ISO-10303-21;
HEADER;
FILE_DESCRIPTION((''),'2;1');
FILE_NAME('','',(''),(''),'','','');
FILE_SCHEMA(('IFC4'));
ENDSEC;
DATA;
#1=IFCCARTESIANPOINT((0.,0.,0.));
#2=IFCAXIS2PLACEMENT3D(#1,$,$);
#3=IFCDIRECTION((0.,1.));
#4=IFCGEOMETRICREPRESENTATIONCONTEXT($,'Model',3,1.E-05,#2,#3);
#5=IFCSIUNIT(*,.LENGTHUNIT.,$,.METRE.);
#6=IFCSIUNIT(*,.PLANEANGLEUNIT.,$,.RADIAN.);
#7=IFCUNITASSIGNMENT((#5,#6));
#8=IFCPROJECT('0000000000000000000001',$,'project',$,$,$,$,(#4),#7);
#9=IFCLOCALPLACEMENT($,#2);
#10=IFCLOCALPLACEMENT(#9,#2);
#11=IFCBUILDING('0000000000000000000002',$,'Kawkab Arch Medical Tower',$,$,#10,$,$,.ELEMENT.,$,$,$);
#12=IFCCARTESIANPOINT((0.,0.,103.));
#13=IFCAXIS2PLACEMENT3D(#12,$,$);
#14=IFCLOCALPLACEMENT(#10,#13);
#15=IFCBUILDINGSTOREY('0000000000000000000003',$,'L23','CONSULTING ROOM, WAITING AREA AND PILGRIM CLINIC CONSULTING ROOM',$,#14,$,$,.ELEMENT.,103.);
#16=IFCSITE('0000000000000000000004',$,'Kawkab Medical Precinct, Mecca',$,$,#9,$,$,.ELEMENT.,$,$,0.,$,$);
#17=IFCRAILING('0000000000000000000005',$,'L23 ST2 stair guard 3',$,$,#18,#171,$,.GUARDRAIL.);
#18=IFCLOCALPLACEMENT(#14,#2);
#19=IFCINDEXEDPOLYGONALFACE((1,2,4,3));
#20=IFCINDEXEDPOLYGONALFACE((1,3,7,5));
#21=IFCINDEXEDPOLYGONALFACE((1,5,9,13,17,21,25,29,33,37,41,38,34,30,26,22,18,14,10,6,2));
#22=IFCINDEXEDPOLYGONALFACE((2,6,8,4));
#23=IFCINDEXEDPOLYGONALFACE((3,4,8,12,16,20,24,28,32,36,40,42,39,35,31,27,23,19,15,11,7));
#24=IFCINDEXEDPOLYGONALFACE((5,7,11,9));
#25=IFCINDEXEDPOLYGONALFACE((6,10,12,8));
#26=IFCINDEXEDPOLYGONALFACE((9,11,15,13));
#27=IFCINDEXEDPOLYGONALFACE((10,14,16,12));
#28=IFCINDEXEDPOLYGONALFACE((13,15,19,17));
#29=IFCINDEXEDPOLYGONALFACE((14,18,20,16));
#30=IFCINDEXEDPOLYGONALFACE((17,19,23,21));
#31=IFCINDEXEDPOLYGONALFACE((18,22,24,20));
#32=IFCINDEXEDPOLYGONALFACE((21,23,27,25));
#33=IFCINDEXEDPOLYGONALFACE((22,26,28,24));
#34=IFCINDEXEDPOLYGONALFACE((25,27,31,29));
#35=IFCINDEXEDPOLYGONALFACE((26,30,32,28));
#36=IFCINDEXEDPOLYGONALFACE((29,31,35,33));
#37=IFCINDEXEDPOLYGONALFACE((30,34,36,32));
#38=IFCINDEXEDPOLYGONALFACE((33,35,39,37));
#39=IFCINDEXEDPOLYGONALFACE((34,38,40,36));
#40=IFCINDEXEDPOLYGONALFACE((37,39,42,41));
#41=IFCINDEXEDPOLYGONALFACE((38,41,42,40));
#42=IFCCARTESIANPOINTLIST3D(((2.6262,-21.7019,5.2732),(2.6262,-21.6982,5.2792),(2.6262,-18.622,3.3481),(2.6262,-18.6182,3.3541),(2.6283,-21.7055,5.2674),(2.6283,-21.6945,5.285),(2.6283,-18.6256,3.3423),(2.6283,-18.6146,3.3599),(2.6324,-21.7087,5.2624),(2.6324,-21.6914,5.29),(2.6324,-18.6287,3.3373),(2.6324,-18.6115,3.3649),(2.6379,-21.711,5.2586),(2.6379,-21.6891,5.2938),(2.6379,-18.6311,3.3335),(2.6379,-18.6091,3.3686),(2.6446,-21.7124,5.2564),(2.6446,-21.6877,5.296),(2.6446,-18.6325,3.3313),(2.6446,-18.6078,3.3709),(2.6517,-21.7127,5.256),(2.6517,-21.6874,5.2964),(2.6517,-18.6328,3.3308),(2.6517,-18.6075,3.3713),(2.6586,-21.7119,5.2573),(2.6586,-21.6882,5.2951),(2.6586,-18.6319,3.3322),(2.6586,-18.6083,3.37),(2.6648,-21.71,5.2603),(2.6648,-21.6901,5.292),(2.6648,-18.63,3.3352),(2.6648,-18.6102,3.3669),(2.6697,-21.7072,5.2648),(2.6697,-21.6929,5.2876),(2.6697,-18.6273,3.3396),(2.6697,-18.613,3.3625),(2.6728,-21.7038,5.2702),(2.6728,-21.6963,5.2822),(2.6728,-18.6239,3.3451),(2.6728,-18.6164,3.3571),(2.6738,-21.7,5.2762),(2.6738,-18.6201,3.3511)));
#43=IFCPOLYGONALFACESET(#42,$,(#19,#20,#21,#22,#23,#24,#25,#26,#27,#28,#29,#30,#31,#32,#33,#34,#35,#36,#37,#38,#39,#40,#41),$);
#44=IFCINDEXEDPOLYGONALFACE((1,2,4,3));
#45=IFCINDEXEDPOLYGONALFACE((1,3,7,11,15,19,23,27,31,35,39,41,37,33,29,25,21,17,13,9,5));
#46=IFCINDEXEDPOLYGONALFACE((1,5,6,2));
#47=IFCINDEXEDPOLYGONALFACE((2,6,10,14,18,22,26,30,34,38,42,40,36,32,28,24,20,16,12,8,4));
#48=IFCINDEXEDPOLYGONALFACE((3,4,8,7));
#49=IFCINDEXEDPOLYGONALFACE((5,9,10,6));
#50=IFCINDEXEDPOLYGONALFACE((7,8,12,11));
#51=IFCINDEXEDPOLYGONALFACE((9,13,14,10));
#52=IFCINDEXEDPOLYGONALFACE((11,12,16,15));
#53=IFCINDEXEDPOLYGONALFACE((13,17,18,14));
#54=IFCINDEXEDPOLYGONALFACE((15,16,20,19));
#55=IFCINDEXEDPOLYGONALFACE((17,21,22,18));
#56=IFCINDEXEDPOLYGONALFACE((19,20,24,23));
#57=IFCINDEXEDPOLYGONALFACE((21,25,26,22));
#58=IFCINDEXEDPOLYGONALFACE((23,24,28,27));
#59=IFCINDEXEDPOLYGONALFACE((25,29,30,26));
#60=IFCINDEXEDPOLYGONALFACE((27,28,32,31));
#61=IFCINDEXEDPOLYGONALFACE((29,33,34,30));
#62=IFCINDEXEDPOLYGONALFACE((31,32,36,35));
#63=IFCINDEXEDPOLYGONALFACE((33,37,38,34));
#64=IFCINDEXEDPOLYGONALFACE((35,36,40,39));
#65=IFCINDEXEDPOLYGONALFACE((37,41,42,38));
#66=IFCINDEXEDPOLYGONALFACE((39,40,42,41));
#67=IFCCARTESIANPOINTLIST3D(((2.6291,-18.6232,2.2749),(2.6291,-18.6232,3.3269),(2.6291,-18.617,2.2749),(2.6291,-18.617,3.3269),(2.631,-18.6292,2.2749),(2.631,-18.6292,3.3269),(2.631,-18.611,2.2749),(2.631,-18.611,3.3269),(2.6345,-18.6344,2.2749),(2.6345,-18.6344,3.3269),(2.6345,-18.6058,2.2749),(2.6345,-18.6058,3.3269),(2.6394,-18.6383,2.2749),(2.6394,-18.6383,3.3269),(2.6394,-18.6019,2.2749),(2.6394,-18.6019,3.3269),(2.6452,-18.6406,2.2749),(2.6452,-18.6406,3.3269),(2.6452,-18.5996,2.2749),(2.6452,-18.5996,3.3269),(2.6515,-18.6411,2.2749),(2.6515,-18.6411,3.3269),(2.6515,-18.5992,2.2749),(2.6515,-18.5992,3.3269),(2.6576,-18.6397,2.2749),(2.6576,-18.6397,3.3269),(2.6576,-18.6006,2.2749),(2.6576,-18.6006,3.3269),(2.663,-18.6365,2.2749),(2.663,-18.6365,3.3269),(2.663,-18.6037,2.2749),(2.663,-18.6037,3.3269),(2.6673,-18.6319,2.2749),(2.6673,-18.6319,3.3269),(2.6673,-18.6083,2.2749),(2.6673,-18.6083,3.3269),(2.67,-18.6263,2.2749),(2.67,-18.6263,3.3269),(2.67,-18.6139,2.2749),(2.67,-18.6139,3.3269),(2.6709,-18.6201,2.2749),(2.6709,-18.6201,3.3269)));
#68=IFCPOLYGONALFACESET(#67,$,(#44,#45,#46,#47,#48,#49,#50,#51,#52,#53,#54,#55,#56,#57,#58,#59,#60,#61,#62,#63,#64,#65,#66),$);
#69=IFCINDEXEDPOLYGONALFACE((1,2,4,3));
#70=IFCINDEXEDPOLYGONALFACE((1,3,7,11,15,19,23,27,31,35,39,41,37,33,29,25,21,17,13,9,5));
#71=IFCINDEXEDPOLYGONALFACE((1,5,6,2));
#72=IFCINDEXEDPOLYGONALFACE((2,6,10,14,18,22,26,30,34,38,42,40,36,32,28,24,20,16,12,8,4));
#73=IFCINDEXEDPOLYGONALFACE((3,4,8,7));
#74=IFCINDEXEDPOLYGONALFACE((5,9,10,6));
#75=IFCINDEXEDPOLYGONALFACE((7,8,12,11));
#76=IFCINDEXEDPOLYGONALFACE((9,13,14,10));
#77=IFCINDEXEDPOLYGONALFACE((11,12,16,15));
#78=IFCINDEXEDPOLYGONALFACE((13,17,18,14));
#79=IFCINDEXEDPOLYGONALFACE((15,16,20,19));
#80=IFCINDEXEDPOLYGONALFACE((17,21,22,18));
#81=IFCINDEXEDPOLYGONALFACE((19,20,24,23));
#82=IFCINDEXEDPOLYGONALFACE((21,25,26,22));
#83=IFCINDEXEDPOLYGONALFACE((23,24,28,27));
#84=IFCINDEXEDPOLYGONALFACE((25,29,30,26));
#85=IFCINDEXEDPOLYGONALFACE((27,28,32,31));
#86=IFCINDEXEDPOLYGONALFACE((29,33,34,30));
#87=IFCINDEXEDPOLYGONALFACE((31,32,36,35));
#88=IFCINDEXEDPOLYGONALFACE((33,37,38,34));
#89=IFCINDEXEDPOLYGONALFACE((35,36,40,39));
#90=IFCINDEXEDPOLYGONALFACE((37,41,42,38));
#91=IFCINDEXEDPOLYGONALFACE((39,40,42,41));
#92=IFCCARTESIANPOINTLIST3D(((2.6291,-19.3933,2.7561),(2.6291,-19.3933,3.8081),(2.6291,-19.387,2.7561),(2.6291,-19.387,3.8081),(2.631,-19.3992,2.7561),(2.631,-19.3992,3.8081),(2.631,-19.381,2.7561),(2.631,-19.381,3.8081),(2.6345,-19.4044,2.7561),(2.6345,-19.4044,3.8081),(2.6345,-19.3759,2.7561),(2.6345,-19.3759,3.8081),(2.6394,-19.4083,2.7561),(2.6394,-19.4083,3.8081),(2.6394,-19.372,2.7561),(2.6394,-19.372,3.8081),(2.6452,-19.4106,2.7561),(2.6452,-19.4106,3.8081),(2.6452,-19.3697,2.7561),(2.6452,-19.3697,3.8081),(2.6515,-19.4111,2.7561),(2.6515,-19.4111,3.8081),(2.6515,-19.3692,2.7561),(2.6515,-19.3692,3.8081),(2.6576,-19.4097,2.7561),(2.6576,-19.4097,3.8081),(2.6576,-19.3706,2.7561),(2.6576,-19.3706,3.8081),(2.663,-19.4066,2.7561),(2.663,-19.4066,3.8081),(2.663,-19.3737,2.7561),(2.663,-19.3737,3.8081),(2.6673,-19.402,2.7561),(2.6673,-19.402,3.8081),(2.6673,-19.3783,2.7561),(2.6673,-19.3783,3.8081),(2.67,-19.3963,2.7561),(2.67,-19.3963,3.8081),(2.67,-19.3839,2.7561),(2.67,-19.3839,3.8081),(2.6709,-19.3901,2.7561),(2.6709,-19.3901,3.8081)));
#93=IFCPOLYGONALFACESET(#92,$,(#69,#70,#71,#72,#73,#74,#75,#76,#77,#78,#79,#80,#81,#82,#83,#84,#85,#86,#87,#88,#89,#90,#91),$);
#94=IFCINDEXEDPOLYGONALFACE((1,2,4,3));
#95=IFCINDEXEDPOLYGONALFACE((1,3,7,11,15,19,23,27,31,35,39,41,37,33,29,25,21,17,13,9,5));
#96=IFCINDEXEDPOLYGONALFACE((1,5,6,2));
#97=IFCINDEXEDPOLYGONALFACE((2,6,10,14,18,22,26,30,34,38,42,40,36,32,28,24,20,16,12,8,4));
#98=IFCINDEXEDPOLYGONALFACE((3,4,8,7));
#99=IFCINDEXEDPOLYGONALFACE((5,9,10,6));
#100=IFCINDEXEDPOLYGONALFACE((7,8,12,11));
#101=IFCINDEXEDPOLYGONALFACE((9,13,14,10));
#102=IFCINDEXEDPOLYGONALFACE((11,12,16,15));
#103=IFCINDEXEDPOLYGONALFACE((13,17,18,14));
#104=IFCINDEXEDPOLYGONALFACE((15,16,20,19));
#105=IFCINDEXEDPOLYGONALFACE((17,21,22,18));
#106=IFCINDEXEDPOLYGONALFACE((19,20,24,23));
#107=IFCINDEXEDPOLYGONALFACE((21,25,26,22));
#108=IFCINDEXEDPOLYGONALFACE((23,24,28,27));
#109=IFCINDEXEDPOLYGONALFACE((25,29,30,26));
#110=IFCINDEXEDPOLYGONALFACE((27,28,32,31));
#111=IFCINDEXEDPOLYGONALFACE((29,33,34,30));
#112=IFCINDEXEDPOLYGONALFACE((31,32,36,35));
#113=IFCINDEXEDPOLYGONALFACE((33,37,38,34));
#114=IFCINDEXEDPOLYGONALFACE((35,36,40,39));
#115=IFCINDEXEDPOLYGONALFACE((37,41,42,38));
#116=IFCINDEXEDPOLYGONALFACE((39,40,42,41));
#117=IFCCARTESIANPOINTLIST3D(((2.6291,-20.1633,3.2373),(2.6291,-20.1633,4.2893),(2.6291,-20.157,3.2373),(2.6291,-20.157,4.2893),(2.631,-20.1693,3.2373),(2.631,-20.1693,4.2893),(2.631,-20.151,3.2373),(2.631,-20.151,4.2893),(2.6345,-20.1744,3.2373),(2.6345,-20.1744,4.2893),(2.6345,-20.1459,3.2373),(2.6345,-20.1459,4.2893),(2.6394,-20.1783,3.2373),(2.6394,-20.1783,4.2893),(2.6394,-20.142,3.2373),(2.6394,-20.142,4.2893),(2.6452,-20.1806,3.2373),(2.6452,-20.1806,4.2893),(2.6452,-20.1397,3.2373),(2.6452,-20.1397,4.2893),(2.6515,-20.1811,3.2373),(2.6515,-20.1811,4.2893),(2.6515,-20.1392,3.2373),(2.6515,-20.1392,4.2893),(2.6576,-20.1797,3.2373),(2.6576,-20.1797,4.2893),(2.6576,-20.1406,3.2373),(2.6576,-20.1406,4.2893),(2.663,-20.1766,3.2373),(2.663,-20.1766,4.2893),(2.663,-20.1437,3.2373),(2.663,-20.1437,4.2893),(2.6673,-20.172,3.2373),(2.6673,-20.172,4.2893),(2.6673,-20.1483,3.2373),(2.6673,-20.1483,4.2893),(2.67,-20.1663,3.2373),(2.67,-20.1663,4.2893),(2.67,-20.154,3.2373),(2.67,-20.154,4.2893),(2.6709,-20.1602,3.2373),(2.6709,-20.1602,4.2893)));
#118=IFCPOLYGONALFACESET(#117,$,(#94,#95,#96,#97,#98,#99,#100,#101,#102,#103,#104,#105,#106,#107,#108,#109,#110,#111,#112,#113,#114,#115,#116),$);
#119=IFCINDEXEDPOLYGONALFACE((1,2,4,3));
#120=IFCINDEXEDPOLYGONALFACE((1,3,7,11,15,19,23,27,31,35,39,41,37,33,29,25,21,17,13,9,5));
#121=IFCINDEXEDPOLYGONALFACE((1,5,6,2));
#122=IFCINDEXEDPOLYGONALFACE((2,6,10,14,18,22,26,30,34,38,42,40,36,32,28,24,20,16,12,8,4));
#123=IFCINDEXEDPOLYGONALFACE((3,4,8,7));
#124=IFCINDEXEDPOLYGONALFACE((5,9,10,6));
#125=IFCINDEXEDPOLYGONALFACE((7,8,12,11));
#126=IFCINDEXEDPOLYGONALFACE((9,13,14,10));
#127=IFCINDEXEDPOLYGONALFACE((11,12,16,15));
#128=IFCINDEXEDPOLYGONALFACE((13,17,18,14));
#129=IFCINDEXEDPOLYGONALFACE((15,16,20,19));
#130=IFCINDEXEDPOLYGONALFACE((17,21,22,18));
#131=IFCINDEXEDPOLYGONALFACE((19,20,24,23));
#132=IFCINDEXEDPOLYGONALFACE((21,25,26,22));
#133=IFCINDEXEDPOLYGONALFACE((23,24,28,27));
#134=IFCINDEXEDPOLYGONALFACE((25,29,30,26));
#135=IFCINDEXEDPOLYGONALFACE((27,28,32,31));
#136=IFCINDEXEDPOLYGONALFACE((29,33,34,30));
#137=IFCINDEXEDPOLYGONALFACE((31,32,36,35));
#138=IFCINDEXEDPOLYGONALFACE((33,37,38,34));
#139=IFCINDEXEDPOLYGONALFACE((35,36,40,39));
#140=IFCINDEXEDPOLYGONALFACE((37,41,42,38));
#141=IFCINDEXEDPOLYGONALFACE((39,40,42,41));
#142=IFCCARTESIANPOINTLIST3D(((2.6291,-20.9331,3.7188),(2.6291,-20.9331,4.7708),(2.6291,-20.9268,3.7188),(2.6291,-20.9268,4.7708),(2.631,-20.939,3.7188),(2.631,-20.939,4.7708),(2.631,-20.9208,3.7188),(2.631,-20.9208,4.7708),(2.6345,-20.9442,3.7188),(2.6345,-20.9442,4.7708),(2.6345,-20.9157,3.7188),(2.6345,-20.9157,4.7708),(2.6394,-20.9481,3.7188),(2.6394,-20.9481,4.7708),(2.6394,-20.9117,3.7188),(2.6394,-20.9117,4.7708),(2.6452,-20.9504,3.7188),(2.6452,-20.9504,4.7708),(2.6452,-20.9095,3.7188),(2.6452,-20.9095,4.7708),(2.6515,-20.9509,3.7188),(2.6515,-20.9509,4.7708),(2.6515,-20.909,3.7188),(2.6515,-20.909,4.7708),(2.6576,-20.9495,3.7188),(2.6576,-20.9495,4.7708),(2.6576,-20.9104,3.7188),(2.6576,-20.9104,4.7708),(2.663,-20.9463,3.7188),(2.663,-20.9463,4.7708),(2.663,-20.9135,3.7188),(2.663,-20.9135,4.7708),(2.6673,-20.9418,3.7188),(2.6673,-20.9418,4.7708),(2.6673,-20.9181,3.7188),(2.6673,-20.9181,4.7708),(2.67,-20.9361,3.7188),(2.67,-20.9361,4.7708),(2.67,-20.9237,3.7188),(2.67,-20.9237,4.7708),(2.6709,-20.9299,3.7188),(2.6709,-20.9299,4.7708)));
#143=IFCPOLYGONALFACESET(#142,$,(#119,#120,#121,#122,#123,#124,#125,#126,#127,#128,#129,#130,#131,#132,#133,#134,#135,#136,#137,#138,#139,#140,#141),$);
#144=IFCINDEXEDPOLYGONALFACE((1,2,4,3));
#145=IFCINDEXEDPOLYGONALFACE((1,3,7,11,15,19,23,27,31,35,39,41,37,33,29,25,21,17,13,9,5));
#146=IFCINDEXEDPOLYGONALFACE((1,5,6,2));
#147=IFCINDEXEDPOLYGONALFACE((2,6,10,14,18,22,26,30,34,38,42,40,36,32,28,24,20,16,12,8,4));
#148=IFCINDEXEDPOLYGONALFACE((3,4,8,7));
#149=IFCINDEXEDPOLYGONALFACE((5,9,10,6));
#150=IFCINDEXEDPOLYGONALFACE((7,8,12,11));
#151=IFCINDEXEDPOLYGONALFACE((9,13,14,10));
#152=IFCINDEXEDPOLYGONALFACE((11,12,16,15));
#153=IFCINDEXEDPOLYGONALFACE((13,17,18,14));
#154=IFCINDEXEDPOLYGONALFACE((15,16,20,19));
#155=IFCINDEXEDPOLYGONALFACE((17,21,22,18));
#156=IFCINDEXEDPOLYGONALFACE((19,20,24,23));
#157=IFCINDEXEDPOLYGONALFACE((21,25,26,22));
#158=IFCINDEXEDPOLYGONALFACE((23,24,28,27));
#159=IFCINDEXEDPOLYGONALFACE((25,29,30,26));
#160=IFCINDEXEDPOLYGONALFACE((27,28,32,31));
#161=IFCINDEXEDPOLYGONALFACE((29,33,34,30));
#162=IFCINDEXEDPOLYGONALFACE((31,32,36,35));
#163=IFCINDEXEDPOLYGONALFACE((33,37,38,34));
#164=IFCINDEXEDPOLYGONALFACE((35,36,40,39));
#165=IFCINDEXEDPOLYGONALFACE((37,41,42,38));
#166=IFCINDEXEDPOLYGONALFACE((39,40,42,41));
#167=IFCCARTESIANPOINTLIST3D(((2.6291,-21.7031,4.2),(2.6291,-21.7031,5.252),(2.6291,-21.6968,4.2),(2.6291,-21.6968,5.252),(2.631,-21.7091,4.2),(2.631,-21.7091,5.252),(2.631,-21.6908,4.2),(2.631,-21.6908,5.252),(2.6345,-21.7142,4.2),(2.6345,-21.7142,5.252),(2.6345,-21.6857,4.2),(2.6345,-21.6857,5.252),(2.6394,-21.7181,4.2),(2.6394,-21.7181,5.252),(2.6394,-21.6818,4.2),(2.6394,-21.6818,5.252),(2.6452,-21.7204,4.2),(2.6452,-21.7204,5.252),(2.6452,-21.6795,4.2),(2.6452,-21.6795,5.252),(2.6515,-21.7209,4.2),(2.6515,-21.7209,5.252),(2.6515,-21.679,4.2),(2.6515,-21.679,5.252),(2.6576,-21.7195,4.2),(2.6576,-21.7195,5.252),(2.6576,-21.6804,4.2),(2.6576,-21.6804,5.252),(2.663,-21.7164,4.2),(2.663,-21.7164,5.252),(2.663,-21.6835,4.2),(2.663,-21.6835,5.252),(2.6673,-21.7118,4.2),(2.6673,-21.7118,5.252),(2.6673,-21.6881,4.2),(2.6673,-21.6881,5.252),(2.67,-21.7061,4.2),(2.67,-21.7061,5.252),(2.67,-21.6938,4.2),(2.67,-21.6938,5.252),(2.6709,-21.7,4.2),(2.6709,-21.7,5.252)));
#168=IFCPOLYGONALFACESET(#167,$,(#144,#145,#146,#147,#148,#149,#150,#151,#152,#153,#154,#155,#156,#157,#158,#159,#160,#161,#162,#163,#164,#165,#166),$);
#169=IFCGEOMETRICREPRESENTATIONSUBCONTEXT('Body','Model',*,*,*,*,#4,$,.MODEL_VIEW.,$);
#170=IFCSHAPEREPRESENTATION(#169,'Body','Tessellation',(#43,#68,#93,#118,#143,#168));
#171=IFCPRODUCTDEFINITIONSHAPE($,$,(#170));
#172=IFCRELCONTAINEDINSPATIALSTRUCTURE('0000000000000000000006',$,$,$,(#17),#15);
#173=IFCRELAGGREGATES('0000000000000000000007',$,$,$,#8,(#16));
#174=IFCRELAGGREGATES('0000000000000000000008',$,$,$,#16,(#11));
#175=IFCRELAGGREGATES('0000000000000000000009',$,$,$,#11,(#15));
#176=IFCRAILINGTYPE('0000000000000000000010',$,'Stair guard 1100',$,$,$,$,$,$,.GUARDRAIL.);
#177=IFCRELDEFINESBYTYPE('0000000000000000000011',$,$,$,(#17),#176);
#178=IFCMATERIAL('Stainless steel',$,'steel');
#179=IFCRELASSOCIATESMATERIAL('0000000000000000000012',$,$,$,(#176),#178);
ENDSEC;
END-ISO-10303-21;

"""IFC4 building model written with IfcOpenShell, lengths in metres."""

from ifc_helpers import new_model, si_unit, direction, frame, origin, origin_2d, place, context, subcontext, project, spatial, circle, extrude, material, type_object, element, save


model = new_model("IFC4")

# Units and contexts
model_context = context("Model", 3, precision=1e-05, world=origin(), true_north=direction((0.0, 1.0)))
body_context = subcontext(model_context, "Body", "Model", "MODEL_VIEW")
ifc_project = project(units=[si_unit("LENGTHUNIT", "METRE"), si_unit("PLANEANGLEUNIT", "RADIAN")], contexts=[model_context])

# Site, building, storey
site_placement = place(None, origin())
site = spatial("IfcSite", under=ifc_project, at=site_placement, Name="Kawkab Medical Precinct, Mecca", CompositionType="ELEMENT", RefElevation=0.0)
building_placement = place(site_placement, origin())
building = spatial("IfcBuilding", under=site, at=building_placement, Name="Kawkab Arch Medical Tower", CompositionType="ELEMENT")
storey_placement = place(building_placement, frame((0.0, 0.0, 103.0)))
storey = spatial("IfcBuildingStorey", under=building, at=storey_placement, Name="L23", Description="CONSULTING ROOM, WAITING AREA AND PILGRIM CLINIC CONSULTING ROOM", CompositionType="ELEMENT", Elevation=103.0)

# Railing
ifc_material_1 = material(Name="Stainless steel", Category="steel")
railing_type_1 = type_object("IfcRailingType", Name="Stair guard 1100", PredefinedType="GUARDRAIL", material=ifc_material_1)
railing_1_placement = place(storey_placement, frame((2.6499, -18.6201, 2.2749)))
element("IfcRailing", 1, at=railing_1_placement, inside=storey, type_object=railing_type_1, Name="L23 ST2 stair guard 3", PredefinedType="GUARDRAIL", context=body_context, shape_type="SweptSolid", body=[
    extrude(circle(Radius=0.0239, at=origin_2d()), frame((0.0, 0.0, 1.0762), z_axis=(0.0, -0.847979, 0.530029), x_axis=(1.0, 0.0, 0.0)), (0.0, 0.0, 1.0), 3.6321),
    extrude(circle(Radius=0.021, at=origin_2d()), origin(), (0.0, 0.0, 1.0), 1.052),
    extrude(circle(Radius=0.021, at=origin_2d()), frame((0.0, -0.77, 0.4812)), (0.0, 0.0, 1.0), 1.052),
    extrude(circle(Radius=0.021, at=origin_2d()), frame((0.0, -1.54, 0.9624)), (0.0, 0.0, 1.0), 1.052),
    extrude(circle(Radius=0.021, at=origin_2d()), frame((0.0, -2.3098, 1.4438)), (0.0, 0.0, 1.0), 1.052),
    extrude(circle(Radius=0.021, at=origin_2d()), frame((0.0, -3.0798, 1.925)), (0.0, 0.0, 1.0), 1.052),
])

save(model, "model.ifc")
